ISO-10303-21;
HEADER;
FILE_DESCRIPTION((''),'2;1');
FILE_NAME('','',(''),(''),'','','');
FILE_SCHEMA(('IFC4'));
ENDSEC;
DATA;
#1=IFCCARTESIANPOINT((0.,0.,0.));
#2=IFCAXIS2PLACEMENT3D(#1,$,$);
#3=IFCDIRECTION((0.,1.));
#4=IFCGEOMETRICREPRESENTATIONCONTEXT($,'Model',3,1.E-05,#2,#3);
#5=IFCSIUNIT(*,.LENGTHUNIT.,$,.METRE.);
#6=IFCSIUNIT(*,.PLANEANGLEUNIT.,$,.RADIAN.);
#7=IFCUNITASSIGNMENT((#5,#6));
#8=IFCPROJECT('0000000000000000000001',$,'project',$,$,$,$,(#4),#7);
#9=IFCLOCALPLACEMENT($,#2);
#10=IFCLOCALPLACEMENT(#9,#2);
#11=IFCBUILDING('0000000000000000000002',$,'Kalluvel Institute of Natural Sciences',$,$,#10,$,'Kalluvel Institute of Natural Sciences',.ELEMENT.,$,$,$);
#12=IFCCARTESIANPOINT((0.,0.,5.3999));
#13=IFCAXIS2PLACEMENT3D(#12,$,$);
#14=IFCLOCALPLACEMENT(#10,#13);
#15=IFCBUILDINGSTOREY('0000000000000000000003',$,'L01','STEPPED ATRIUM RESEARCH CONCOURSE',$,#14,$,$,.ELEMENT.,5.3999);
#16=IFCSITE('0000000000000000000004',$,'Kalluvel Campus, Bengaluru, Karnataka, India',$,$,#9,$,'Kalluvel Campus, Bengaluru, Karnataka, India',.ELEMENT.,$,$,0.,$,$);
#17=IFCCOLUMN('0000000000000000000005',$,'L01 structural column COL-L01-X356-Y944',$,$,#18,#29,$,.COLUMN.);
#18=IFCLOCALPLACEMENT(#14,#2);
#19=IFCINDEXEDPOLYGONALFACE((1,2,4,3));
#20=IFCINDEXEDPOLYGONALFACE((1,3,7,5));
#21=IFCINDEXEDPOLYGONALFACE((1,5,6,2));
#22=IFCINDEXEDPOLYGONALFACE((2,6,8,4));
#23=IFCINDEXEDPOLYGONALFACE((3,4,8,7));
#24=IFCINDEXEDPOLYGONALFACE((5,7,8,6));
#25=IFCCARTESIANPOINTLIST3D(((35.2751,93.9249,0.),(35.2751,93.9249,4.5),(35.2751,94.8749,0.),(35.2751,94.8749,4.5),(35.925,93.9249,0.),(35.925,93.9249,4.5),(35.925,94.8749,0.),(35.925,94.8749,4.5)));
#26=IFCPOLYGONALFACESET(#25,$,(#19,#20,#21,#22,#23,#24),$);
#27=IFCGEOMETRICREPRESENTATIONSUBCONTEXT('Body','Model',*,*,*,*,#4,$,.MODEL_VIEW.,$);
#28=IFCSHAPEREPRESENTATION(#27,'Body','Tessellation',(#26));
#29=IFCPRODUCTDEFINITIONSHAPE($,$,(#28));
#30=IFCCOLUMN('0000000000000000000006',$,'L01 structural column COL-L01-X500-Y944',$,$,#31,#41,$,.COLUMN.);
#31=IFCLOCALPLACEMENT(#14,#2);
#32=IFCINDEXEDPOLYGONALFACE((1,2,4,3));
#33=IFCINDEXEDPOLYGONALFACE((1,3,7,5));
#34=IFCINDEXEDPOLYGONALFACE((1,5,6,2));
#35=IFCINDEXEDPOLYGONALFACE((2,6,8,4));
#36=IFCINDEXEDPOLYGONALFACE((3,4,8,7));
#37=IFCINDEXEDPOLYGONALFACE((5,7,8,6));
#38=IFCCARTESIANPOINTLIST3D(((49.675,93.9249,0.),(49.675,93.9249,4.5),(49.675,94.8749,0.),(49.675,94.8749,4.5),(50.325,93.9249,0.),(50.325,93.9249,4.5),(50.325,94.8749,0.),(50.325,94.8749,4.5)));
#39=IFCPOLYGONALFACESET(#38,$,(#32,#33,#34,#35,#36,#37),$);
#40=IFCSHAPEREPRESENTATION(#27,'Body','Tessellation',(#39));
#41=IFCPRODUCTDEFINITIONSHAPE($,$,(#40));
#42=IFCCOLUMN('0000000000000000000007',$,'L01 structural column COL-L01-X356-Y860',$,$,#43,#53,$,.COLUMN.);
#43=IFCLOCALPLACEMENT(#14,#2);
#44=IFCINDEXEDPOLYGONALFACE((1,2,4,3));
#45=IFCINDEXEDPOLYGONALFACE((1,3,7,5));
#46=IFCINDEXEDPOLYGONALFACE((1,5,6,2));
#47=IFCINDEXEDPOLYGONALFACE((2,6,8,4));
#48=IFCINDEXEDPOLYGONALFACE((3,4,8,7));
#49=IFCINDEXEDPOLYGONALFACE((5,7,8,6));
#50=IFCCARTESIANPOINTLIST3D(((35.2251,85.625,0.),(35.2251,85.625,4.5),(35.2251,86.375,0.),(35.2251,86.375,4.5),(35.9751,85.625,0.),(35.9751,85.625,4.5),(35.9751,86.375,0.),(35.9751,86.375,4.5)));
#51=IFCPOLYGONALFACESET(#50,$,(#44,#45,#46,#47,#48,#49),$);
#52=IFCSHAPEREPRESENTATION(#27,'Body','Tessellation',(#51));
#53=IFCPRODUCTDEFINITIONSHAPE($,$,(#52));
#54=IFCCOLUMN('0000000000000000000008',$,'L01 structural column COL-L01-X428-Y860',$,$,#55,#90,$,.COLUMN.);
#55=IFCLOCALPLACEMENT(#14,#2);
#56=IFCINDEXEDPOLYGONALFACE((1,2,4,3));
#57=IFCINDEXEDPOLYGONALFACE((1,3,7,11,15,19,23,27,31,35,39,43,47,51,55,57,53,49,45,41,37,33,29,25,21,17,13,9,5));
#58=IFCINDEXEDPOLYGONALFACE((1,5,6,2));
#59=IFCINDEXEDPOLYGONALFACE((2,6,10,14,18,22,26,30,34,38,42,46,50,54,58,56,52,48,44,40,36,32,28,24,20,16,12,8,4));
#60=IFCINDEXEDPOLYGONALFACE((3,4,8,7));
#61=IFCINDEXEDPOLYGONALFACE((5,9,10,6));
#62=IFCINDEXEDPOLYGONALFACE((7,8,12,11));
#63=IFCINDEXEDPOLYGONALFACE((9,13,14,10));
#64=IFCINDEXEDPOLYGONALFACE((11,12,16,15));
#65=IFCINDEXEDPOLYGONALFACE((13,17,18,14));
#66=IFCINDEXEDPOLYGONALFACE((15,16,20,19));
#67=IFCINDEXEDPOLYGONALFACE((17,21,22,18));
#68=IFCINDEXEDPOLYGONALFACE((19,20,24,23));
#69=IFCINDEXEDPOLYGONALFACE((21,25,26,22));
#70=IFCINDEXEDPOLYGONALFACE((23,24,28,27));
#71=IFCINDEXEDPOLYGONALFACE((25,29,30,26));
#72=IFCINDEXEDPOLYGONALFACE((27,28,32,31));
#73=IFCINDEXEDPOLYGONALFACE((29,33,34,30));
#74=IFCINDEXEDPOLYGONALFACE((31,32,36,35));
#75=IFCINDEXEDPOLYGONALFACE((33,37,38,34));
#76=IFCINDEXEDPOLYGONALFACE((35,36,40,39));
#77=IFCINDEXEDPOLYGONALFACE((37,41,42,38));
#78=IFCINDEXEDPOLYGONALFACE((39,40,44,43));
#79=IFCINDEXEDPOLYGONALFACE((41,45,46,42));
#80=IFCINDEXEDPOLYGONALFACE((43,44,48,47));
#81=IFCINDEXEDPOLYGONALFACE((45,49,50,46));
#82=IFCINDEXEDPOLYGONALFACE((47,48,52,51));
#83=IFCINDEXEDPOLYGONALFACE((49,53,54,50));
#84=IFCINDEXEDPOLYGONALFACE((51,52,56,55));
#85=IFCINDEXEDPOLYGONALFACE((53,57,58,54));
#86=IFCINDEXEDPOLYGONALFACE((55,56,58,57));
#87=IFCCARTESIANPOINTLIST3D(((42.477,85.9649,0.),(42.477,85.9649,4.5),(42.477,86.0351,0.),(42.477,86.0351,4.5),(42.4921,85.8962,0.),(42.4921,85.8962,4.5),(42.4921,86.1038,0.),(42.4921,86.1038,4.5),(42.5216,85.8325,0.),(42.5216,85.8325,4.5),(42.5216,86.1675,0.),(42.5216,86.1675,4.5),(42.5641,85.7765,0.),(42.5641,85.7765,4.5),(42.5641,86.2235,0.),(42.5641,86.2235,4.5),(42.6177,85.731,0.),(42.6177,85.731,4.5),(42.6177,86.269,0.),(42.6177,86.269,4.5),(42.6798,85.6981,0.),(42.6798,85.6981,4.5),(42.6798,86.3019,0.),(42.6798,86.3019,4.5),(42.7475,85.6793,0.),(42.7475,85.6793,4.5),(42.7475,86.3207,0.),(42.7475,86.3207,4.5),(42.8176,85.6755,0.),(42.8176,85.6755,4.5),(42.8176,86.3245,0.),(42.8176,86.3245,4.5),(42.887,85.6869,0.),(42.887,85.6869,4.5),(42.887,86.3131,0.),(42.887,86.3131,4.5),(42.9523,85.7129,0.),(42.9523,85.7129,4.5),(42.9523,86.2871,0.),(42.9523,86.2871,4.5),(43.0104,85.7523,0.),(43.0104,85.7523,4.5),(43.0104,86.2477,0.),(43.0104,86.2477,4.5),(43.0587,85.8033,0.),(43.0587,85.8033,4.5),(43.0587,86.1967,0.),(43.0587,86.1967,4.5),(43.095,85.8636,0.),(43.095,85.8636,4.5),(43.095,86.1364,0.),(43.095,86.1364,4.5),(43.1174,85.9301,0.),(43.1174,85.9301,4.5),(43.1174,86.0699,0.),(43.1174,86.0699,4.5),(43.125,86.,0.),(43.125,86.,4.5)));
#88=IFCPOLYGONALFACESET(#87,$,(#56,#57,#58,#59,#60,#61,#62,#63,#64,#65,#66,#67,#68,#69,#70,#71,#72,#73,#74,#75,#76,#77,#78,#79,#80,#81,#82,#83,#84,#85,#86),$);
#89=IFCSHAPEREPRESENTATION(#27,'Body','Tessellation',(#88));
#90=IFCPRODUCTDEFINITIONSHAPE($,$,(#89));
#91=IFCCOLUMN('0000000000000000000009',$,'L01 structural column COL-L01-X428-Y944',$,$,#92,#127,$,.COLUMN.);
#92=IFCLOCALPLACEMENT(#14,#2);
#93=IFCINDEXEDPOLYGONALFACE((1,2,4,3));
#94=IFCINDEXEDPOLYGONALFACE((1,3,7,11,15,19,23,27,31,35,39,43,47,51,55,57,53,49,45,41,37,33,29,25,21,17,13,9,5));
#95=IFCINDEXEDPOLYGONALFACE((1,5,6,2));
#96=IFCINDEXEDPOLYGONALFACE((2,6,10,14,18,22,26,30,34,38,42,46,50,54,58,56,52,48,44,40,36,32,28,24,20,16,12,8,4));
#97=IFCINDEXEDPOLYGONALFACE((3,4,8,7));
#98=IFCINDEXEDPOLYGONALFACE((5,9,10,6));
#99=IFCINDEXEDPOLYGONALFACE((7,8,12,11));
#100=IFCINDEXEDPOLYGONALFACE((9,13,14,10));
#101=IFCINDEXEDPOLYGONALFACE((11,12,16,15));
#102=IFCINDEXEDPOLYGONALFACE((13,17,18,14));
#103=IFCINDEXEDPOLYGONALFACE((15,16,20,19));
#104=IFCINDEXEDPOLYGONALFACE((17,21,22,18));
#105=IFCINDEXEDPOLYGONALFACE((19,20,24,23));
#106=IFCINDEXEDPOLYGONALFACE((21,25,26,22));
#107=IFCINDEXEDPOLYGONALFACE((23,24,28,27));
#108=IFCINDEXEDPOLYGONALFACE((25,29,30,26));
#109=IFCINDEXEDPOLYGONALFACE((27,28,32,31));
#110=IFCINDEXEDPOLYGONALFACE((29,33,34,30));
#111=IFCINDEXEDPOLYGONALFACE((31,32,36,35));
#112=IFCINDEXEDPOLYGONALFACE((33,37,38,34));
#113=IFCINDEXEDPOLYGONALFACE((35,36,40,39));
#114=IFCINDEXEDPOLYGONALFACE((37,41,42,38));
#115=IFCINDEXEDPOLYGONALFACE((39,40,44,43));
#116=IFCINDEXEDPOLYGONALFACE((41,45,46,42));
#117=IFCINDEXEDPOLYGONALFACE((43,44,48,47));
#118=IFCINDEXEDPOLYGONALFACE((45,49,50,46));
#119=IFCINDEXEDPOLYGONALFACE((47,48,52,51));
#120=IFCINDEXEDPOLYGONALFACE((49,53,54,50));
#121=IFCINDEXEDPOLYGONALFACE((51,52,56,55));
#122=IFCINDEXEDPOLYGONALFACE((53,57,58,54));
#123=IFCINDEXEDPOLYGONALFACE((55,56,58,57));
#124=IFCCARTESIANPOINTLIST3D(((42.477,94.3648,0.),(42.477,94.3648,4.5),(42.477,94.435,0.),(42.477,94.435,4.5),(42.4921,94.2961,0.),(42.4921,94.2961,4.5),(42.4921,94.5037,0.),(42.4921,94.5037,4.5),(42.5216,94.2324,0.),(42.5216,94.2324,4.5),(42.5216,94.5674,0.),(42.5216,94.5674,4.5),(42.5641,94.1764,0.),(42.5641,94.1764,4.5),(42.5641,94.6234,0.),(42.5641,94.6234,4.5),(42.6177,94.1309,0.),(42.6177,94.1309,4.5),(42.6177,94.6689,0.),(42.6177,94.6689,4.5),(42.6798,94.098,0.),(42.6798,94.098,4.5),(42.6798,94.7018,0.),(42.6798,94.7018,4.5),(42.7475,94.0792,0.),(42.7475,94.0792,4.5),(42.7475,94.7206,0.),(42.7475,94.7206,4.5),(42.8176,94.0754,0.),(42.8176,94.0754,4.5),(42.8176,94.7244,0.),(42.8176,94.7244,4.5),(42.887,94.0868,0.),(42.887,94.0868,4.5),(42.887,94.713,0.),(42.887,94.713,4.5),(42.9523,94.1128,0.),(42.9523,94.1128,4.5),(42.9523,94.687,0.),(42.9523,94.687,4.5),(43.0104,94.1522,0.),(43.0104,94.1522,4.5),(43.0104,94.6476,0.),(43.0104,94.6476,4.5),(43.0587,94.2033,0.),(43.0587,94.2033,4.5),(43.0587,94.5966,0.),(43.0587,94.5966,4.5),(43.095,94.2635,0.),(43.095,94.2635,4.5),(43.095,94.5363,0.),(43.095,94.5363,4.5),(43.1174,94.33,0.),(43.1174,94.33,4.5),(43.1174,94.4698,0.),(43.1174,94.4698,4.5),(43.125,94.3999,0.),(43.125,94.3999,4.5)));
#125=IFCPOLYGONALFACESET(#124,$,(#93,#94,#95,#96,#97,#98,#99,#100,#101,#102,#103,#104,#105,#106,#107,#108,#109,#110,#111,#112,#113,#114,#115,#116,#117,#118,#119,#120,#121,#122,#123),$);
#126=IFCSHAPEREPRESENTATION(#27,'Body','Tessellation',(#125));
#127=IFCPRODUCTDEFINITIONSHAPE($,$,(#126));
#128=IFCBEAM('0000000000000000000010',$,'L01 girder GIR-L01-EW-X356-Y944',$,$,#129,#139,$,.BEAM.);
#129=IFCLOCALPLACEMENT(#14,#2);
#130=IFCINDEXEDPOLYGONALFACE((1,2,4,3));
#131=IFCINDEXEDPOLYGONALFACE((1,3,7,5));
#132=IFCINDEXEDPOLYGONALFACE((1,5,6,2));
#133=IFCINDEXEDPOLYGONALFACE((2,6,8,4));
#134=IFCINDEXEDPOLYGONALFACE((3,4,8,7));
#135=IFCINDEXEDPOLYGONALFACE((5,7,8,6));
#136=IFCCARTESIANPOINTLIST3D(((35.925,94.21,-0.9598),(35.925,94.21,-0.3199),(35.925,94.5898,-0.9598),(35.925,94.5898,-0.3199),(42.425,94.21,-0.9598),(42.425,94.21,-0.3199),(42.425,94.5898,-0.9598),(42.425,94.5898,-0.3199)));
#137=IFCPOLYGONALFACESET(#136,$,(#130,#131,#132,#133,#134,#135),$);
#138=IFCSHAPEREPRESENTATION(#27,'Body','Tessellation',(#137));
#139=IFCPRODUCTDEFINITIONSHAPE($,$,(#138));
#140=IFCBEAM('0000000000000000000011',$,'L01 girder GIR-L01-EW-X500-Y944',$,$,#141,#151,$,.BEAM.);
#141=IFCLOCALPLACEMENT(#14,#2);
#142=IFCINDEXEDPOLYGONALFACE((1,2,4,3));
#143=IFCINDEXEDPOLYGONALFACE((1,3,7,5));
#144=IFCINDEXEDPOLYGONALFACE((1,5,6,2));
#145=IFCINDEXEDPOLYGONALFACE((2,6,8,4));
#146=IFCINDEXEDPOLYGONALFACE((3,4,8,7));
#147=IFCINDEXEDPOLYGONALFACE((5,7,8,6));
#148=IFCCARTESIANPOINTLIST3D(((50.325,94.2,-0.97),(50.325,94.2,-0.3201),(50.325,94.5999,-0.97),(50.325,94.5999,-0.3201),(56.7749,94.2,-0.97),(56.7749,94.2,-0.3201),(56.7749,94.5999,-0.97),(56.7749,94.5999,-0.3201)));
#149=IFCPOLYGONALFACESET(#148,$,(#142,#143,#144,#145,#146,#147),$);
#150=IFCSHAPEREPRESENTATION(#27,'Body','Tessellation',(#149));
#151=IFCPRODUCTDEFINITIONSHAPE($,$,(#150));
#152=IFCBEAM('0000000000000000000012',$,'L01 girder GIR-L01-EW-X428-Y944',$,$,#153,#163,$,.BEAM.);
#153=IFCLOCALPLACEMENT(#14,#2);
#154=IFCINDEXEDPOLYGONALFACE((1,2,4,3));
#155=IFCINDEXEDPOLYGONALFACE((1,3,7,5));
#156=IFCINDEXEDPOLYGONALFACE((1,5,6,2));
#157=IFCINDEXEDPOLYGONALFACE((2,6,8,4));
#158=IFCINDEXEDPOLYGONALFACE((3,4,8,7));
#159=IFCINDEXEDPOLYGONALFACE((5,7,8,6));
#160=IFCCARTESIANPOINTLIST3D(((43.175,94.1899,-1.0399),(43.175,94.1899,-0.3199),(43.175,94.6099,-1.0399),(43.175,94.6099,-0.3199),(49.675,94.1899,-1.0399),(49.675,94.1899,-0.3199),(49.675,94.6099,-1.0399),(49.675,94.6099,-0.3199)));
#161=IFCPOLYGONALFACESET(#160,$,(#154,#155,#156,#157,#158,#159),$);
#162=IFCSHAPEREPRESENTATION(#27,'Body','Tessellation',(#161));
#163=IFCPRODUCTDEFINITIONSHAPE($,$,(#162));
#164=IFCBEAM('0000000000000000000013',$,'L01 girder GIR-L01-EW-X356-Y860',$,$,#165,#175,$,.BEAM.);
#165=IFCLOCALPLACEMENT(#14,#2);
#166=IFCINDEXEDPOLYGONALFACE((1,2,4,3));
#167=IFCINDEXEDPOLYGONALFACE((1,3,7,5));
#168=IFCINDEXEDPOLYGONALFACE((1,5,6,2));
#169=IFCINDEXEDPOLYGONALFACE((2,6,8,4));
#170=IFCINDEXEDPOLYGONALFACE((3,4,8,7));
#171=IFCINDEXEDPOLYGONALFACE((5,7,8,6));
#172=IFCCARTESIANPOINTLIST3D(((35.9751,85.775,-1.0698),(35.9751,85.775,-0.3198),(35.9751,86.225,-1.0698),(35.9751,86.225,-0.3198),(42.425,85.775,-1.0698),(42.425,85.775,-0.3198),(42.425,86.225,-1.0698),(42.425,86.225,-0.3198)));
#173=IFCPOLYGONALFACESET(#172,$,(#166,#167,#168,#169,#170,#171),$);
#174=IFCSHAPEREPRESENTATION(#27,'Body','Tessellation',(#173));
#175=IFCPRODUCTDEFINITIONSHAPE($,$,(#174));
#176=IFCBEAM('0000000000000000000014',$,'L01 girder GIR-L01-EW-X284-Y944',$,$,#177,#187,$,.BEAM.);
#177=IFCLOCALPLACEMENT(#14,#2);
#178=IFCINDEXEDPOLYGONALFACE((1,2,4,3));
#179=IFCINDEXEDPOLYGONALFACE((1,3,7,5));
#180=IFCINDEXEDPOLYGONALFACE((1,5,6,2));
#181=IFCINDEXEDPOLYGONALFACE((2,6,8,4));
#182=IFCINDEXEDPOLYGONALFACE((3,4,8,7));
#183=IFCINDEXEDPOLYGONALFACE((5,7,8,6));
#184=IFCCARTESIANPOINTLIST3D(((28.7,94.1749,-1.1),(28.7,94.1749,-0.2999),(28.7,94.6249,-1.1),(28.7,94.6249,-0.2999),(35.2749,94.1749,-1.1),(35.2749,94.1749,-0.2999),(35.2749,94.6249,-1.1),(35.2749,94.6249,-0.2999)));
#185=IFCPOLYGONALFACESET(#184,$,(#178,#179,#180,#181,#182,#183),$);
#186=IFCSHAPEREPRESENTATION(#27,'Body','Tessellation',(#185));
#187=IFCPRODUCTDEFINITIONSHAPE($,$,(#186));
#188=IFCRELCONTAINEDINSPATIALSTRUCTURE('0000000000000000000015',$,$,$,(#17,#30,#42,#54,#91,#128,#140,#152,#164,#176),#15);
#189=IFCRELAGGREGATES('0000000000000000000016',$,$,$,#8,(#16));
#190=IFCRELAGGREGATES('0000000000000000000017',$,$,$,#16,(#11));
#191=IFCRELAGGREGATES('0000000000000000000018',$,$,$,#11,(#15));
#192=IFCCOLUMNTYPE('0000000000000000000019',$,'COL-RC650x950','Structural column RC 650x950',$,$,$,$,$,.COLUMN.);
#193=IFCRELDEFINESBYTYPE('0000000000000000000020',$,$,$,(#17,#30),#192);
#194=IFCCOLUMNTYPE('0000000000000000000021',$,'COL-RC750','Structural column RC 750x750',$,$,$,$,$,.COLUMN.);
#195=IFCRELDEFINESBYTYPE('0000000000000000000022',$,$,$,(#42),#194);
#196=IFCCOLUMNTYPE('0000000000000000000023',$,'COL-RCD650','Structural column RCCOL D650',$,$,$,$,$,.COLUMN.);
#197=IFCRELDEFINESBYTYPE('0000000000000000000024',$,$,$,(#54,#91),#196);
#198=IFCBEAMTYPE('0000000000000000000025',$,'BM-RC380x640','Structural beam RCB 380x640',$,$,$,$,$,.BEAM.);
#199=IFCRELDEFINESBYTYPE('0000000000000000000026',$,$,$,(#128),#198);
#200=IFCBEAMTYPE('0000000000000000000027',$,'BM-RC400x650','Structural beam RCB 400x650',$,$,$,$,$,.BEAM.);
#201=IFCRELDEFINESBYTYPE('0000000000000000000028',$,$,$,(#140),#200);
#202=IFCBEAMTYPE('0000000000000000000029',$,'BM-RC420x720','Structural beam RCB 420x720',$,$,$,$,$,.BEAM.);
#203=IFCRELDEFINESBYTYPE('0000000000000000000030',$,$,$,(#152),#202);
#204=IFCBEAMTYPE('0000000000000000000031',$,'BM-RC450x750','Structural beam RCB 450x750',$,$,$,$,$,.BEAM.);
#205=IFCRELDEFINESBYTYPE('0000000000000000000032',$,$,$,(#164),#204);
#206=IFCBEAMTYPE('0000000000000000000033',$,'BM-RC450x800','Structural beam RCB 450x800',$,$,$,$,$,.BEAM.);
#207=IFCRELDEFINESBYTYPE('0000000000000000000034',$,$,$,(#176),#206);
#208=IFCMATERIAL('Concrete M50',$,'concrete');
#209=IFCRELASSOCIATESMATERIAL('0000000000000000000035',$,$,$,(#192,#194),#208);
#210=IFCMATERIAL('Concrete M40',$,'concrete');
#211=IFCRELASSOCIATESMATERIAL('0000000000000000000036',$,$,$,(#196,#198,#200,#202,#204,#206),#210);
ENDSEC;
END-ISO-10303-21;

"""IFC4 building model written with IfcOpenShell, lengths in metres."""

from ifc_helpers import new_model, si_unit, direction, frame, origin, origin_2d, place, context, subcontext, project, spatial, rectangle, circle, extrude, material, material_profile, profile_set, type_object, element, save


model = new_model("IFC4")

# Units and contexts
model_context = context("Model", 3, precision=1e-05, world=origin(), true_north=direction((0.0, 1.0)))
body_context = subcontext(model_context, "Body", "Model", "MODEL_VIEW")
ifc_project = project(units=[si_unit("LENGTHUNIT", "METRE"), si_unit("PLANEANGLEUNIT", "RADIAN")], contexts=[model_context])

# Site, building, storey
site_placement = place(None, origin())
site = spatial("IfcSite", under=ifc_project, at=site_placement, Name="Kalluvel Campus, Bengaluru, Karnataka, India", LongName="Kalluvel Campus, Bengaluru, Karnataka, India", CompositionType="ELEMENT", RefElevation=0.0)
building_placement = place(site_placement, origin())
building = spatial("IfcBuilding", under=site, at=building_placement, Name="Kalluvel Institute of Natural Sciences", LongName="Kalluvel Institute of Natural Sciences", CompositionType="ELEMENT")
storey_placement = place(building_placement, frame((0.0, 0.0, 5.3999)))
storey = spatial("IfcBuildingStorey", under=building, at=storey_placement, Name="L01", Description="STEPPED ATRIUM RESEARCH CONCOURSE", CompositionType="ELEMENT", Elevation=5.3999)

# Columns
ifc_material_1 = material(Name="Concrete M50", Category="concrete")
ifc_material_profile_1 = material_profile(ifc_material_1, rectangle(XDim=0.6499, YDim=0.95, at=origin_2d()), Name="RC 650x950")
ifc_profile_set_1 = profile_set([ifc_material_profile_1], Name="Concrete M50")
column_type_1 = type_object("IfcColumnType", Name="COL-RC650x950", Description="Structural column RC 650x950", PredefinedType="COLUMN", material=ifc_profile_set_1)
for number, where, z_axis, x_axis, name in (
    (1, (35.6001, 94.3999, 0.0), (0.0, 0.0, 1.0), (1.0, 0.0, 0.0), "L01 structural column COL-L01-X356-Y944"),
    (2, (50.0, 94.3999, 0.0), (0.0, 0.0, 1.0), (1.0, 0.0, 0.0), "L01 structural column COL-L01-X500-Y944"),
):
    element("IfcColumn", number, at=place(storey_placement, frame(where, z_axis=z_axis, x_axis=x_axis)), inside=storey, type_object=column_type_1, Name=name, PredefinedType="COLUMN", context=body_context, shape_type="SweptSolid", body=[
        extrude(rectangle(XDim=0.6499, YDim=0.95, at=origin_2d()), origin(), (0.0, 0.0, 1.0), 4.5),
    ])
ifc_material_profile_2 = material_profile(ifc_material_1, rectangle(XDim=0.75, YDim=0.75, at=origin_2d()), Name="RC 750x750")
ifc_profile_set_2 = profile_set([ifc_material_profile_2], Name="Concrete M50")
column_type_2 = type_object("IfcColumnType", Name="COL-RC750", Description="Structural column RC 750x750", PredefinedType="COLUMN", material=ifc_profile_set_2)
column_placement = place(storey_placement, frame((35.6001, 86.0, 0.0), z_axis=(0.0, 0.0, 1.0), x_axis=(1.0, 0.0, 0.0)))
element("IfcColumn", 3, at=column_placement, inside=storey, type_object=column_type_2, Name="L01 structural column COL-L01-X356-Y860", PredefinedType="COLUMN", context=body_context, shape_type="SweptSolid", body=[
    extrude(rectangle(XDim=0.75, YDim=0.75, at=origin_2d()), origin(), (0.0, 0.0, 1.0), 4.5),
])
ifc_material_2 = material(Name="Concrete M40", Category="concrete")
ifc_material_profile_3 = material_profile(ifc_material_2, circle(Radius=0.325, at=origin_2d()), Name="RCCOL D650")
ifc_profile_set_3 = profile_set([ifc_material_profile_3], Name="Concrete M40")
column_type_3 = type_object("IfcColumnType", Name="COL-RCD650", Description="Structural column RCCOL D650", PredefinedType="COLUMN", material=ifc_profile_set_3)
for number, where, z_axis, x_axis, name in (
    (4, (42.8, 86.0, 0.0), (0.0, 0.0, 1.0), (1.0, 0.0, 0.0), "L01 structural column COL-L01-X428-Y860"),
    (5, (42.8, 94.3999, 0.0), (0.0, 0.0, 1.0), (1.0, 0.0, 0.0), "L01 structural column COL-L01-X428-Y944"),
):
    element("IfcColumn", number, at=place(storey_placement, frame(where, z_axis=z_axis, x_axis=x_axis)), inside=storey, type_object=column_type_3, Name=name, PredefinedType="COLUMN", context=body_context, shape_type="SweptSolid", body=[
        extrude(circle(Radius=0.325, at=origin_2d()), origin(), (0.0, 0.0, 1.0), 4.5),
    ])

# Beams
ifc_material_profile_4 = material_profile(ifc_material_2, rectangle(XDim=0.3799, YDim=0.6399, at=origin_2d()), Name="RCB 380x640")
ifc_profile_set_4 = profile_set([ifc_material_profile_4], Name="Concrete M40")
beam_type_1 = type_object("IfcBeamType", Name="BM-RC380x640", Description="Structural beam RCB 380x640", PredefinedType="BEAM", material=ifc_profile_set_4)
beam_1_placement = place(storey_placement, frame((35.925, 94.3999, -0.6399), z_axis=(1.0, 0.0, 0.0), x_axis=(0.0, 1.0, 0.0)))
element("IfcBeam", 6, at=beam_1_placement, inside=storey, type_object=beam_type_1, Name="L01 girder GIR-L01-EW-X356-Y944", PredefinedType="BEAM", context=body_context, shape_type="SweptSolid", body=[
    extrude(rectangle(XDim=0.3799, YDim=0.6399, at=origin_2d()), origin(), (0.0, 0.0, 1.0), 6.5),
])
ifc_material_profile_5 = material_profile(ifc_material_2, rectangle(XDim=0.3999, YDim=0.6499, at=origin_2d()), Name="RCB 400x650")
ifc_profile_set_5 = profile_set([ifc_material_profile_5], Name="Concrete M40")
beam_type_2 = type_object("IfcBeamType", Name="BM-RC400x650", Description="Structural beam RCB 400x650", PredefinedType="BEAM", material=ifc_profile_set_5)
beam_2_placement = place(storey_placement, frame((50.325, 94.3999, -0.645), z_axis=(1.0, 0.0, 0.0), x_axis=(0.0, 1.0, 0.0)))
element("IfcBeam", 7, at=beam_2_placement, inside=storey, type_object=beam_type_2, Name="L01 girder GIR-L01-EW-X500-Y944", PredefinedType="BEAM", context=body_context, shape_type="SweptSolid", body=[
    extrude(rectangle(XDim=0.3999, YDim=0.6499, at=origin_2d()), origin(), (0.0, 0.0, 1.0), 6.45),
])
ifc_material_profile_6 = material_profile(ifc_material_2, rectangle(XDim=0.4199, YDim=0.72, at=origin_2d()), Name="RCB 420x720")
ifc_profile_set_6 = profile_set([ifc_material_profile_6], Name="Concrete M40")
beam_type_3 = type_object("IfcBeamType", Name="BM-RC420x720", Description="Structural beam RCB 420x720", PredefinedType="BEAM", material=ifc_profile_set_6)
beam_3_placement = place(storey_placement, frame((43.175, 94.3999, -0.6799), z_axis=(1.0, 0.0, 0.0), x_axis=(0.0, 1.0, 0.0)))
element("IfcBeam", 8, at=beam_3_placement, inside=storey, type_object=beam_type_3, Name="L01 girder GIR-L01-EW-X428-Y944", PredefinedType="BEAM", context=body_context, shape_type="SweptSolid", body=[
    extrude(rectangle(XDim=0.4199, YDim=0.72, at=origin_2d()), origin(), (0.0, 0.0, 1.0), 6.5),
])
ifc_material_profile_7 = material_profile(ifc_material_2, rectangle(XDim=0.45, YDim=0.75, at=origin_2d()), Name="RCB 450x750")
ifc_profile_set_7 = profile_set([ifc_material_profile_7], Name="Concrete M40")
beam_type_4 = type_object("IfcBeamType", Name="BM-RC450x750", Description="Structural beam RCB 450x750", PredefinedType="BEAM", material=ifc_profile_set_7)
beam_4_placement = place(storey_placement, frame((35.9751, 86.0, -0.6948), z_axis=(1.0, 0.0, 0.0), x_axis=(0.0, 1.0, 0.0)))
element("IfcBeam", 9, at=beam_4_placement, inside=storey, type_object=beam_type_4, Name="L01 girder GIR-L01-EW-X356-Y860", PredefinedType="BEAM", context=body_context, shape_type="SweptSolid", body=[
    extrude(rectangle(XDim=0.45, YDim=0.75, at=origin_2d()), origin(), (0.0, 0.0, 1.0), 6.45),
])
ifc_material_profile_8 = material_profile(ifc_material_2, rectangle(XDim=0.45, YDim=0.8, at=origin_2d()), Name="RCB 450x800")
ifc_profile_set_8 = profile_set([ifc_material_profile_8], Name="Concrete M40")
beam_type_5 = type_object("IfcBeamType", Name="BM-RC450x800", Description="Structural beam RCB 450x800", PredefinedType="BEAM", material=ifc_profile_set_8)
beam_5_placement = place(storey_placement, frame((28.7, 94.3999, -0.7), z_axis=(1.0, 0.0, 0.0), x_axis=(0.0, 1.0, 0.0)))
element("IfcBeam", 10, at=beam_5_placement, inside=storey, type_object=beam_type_5, Name="L01 girder GIR-L01-EW-X284-Y944", PredefinedType="BEAM", context=body_context, shape_type="SweptSolid", body=[
    extrude(rectangle(XDim=0.45, YDim=0.8, at=origin_2d()), origin(), (0.0, 0.0, 1.0), 6.575),
])

save(model, "model.ifc")
